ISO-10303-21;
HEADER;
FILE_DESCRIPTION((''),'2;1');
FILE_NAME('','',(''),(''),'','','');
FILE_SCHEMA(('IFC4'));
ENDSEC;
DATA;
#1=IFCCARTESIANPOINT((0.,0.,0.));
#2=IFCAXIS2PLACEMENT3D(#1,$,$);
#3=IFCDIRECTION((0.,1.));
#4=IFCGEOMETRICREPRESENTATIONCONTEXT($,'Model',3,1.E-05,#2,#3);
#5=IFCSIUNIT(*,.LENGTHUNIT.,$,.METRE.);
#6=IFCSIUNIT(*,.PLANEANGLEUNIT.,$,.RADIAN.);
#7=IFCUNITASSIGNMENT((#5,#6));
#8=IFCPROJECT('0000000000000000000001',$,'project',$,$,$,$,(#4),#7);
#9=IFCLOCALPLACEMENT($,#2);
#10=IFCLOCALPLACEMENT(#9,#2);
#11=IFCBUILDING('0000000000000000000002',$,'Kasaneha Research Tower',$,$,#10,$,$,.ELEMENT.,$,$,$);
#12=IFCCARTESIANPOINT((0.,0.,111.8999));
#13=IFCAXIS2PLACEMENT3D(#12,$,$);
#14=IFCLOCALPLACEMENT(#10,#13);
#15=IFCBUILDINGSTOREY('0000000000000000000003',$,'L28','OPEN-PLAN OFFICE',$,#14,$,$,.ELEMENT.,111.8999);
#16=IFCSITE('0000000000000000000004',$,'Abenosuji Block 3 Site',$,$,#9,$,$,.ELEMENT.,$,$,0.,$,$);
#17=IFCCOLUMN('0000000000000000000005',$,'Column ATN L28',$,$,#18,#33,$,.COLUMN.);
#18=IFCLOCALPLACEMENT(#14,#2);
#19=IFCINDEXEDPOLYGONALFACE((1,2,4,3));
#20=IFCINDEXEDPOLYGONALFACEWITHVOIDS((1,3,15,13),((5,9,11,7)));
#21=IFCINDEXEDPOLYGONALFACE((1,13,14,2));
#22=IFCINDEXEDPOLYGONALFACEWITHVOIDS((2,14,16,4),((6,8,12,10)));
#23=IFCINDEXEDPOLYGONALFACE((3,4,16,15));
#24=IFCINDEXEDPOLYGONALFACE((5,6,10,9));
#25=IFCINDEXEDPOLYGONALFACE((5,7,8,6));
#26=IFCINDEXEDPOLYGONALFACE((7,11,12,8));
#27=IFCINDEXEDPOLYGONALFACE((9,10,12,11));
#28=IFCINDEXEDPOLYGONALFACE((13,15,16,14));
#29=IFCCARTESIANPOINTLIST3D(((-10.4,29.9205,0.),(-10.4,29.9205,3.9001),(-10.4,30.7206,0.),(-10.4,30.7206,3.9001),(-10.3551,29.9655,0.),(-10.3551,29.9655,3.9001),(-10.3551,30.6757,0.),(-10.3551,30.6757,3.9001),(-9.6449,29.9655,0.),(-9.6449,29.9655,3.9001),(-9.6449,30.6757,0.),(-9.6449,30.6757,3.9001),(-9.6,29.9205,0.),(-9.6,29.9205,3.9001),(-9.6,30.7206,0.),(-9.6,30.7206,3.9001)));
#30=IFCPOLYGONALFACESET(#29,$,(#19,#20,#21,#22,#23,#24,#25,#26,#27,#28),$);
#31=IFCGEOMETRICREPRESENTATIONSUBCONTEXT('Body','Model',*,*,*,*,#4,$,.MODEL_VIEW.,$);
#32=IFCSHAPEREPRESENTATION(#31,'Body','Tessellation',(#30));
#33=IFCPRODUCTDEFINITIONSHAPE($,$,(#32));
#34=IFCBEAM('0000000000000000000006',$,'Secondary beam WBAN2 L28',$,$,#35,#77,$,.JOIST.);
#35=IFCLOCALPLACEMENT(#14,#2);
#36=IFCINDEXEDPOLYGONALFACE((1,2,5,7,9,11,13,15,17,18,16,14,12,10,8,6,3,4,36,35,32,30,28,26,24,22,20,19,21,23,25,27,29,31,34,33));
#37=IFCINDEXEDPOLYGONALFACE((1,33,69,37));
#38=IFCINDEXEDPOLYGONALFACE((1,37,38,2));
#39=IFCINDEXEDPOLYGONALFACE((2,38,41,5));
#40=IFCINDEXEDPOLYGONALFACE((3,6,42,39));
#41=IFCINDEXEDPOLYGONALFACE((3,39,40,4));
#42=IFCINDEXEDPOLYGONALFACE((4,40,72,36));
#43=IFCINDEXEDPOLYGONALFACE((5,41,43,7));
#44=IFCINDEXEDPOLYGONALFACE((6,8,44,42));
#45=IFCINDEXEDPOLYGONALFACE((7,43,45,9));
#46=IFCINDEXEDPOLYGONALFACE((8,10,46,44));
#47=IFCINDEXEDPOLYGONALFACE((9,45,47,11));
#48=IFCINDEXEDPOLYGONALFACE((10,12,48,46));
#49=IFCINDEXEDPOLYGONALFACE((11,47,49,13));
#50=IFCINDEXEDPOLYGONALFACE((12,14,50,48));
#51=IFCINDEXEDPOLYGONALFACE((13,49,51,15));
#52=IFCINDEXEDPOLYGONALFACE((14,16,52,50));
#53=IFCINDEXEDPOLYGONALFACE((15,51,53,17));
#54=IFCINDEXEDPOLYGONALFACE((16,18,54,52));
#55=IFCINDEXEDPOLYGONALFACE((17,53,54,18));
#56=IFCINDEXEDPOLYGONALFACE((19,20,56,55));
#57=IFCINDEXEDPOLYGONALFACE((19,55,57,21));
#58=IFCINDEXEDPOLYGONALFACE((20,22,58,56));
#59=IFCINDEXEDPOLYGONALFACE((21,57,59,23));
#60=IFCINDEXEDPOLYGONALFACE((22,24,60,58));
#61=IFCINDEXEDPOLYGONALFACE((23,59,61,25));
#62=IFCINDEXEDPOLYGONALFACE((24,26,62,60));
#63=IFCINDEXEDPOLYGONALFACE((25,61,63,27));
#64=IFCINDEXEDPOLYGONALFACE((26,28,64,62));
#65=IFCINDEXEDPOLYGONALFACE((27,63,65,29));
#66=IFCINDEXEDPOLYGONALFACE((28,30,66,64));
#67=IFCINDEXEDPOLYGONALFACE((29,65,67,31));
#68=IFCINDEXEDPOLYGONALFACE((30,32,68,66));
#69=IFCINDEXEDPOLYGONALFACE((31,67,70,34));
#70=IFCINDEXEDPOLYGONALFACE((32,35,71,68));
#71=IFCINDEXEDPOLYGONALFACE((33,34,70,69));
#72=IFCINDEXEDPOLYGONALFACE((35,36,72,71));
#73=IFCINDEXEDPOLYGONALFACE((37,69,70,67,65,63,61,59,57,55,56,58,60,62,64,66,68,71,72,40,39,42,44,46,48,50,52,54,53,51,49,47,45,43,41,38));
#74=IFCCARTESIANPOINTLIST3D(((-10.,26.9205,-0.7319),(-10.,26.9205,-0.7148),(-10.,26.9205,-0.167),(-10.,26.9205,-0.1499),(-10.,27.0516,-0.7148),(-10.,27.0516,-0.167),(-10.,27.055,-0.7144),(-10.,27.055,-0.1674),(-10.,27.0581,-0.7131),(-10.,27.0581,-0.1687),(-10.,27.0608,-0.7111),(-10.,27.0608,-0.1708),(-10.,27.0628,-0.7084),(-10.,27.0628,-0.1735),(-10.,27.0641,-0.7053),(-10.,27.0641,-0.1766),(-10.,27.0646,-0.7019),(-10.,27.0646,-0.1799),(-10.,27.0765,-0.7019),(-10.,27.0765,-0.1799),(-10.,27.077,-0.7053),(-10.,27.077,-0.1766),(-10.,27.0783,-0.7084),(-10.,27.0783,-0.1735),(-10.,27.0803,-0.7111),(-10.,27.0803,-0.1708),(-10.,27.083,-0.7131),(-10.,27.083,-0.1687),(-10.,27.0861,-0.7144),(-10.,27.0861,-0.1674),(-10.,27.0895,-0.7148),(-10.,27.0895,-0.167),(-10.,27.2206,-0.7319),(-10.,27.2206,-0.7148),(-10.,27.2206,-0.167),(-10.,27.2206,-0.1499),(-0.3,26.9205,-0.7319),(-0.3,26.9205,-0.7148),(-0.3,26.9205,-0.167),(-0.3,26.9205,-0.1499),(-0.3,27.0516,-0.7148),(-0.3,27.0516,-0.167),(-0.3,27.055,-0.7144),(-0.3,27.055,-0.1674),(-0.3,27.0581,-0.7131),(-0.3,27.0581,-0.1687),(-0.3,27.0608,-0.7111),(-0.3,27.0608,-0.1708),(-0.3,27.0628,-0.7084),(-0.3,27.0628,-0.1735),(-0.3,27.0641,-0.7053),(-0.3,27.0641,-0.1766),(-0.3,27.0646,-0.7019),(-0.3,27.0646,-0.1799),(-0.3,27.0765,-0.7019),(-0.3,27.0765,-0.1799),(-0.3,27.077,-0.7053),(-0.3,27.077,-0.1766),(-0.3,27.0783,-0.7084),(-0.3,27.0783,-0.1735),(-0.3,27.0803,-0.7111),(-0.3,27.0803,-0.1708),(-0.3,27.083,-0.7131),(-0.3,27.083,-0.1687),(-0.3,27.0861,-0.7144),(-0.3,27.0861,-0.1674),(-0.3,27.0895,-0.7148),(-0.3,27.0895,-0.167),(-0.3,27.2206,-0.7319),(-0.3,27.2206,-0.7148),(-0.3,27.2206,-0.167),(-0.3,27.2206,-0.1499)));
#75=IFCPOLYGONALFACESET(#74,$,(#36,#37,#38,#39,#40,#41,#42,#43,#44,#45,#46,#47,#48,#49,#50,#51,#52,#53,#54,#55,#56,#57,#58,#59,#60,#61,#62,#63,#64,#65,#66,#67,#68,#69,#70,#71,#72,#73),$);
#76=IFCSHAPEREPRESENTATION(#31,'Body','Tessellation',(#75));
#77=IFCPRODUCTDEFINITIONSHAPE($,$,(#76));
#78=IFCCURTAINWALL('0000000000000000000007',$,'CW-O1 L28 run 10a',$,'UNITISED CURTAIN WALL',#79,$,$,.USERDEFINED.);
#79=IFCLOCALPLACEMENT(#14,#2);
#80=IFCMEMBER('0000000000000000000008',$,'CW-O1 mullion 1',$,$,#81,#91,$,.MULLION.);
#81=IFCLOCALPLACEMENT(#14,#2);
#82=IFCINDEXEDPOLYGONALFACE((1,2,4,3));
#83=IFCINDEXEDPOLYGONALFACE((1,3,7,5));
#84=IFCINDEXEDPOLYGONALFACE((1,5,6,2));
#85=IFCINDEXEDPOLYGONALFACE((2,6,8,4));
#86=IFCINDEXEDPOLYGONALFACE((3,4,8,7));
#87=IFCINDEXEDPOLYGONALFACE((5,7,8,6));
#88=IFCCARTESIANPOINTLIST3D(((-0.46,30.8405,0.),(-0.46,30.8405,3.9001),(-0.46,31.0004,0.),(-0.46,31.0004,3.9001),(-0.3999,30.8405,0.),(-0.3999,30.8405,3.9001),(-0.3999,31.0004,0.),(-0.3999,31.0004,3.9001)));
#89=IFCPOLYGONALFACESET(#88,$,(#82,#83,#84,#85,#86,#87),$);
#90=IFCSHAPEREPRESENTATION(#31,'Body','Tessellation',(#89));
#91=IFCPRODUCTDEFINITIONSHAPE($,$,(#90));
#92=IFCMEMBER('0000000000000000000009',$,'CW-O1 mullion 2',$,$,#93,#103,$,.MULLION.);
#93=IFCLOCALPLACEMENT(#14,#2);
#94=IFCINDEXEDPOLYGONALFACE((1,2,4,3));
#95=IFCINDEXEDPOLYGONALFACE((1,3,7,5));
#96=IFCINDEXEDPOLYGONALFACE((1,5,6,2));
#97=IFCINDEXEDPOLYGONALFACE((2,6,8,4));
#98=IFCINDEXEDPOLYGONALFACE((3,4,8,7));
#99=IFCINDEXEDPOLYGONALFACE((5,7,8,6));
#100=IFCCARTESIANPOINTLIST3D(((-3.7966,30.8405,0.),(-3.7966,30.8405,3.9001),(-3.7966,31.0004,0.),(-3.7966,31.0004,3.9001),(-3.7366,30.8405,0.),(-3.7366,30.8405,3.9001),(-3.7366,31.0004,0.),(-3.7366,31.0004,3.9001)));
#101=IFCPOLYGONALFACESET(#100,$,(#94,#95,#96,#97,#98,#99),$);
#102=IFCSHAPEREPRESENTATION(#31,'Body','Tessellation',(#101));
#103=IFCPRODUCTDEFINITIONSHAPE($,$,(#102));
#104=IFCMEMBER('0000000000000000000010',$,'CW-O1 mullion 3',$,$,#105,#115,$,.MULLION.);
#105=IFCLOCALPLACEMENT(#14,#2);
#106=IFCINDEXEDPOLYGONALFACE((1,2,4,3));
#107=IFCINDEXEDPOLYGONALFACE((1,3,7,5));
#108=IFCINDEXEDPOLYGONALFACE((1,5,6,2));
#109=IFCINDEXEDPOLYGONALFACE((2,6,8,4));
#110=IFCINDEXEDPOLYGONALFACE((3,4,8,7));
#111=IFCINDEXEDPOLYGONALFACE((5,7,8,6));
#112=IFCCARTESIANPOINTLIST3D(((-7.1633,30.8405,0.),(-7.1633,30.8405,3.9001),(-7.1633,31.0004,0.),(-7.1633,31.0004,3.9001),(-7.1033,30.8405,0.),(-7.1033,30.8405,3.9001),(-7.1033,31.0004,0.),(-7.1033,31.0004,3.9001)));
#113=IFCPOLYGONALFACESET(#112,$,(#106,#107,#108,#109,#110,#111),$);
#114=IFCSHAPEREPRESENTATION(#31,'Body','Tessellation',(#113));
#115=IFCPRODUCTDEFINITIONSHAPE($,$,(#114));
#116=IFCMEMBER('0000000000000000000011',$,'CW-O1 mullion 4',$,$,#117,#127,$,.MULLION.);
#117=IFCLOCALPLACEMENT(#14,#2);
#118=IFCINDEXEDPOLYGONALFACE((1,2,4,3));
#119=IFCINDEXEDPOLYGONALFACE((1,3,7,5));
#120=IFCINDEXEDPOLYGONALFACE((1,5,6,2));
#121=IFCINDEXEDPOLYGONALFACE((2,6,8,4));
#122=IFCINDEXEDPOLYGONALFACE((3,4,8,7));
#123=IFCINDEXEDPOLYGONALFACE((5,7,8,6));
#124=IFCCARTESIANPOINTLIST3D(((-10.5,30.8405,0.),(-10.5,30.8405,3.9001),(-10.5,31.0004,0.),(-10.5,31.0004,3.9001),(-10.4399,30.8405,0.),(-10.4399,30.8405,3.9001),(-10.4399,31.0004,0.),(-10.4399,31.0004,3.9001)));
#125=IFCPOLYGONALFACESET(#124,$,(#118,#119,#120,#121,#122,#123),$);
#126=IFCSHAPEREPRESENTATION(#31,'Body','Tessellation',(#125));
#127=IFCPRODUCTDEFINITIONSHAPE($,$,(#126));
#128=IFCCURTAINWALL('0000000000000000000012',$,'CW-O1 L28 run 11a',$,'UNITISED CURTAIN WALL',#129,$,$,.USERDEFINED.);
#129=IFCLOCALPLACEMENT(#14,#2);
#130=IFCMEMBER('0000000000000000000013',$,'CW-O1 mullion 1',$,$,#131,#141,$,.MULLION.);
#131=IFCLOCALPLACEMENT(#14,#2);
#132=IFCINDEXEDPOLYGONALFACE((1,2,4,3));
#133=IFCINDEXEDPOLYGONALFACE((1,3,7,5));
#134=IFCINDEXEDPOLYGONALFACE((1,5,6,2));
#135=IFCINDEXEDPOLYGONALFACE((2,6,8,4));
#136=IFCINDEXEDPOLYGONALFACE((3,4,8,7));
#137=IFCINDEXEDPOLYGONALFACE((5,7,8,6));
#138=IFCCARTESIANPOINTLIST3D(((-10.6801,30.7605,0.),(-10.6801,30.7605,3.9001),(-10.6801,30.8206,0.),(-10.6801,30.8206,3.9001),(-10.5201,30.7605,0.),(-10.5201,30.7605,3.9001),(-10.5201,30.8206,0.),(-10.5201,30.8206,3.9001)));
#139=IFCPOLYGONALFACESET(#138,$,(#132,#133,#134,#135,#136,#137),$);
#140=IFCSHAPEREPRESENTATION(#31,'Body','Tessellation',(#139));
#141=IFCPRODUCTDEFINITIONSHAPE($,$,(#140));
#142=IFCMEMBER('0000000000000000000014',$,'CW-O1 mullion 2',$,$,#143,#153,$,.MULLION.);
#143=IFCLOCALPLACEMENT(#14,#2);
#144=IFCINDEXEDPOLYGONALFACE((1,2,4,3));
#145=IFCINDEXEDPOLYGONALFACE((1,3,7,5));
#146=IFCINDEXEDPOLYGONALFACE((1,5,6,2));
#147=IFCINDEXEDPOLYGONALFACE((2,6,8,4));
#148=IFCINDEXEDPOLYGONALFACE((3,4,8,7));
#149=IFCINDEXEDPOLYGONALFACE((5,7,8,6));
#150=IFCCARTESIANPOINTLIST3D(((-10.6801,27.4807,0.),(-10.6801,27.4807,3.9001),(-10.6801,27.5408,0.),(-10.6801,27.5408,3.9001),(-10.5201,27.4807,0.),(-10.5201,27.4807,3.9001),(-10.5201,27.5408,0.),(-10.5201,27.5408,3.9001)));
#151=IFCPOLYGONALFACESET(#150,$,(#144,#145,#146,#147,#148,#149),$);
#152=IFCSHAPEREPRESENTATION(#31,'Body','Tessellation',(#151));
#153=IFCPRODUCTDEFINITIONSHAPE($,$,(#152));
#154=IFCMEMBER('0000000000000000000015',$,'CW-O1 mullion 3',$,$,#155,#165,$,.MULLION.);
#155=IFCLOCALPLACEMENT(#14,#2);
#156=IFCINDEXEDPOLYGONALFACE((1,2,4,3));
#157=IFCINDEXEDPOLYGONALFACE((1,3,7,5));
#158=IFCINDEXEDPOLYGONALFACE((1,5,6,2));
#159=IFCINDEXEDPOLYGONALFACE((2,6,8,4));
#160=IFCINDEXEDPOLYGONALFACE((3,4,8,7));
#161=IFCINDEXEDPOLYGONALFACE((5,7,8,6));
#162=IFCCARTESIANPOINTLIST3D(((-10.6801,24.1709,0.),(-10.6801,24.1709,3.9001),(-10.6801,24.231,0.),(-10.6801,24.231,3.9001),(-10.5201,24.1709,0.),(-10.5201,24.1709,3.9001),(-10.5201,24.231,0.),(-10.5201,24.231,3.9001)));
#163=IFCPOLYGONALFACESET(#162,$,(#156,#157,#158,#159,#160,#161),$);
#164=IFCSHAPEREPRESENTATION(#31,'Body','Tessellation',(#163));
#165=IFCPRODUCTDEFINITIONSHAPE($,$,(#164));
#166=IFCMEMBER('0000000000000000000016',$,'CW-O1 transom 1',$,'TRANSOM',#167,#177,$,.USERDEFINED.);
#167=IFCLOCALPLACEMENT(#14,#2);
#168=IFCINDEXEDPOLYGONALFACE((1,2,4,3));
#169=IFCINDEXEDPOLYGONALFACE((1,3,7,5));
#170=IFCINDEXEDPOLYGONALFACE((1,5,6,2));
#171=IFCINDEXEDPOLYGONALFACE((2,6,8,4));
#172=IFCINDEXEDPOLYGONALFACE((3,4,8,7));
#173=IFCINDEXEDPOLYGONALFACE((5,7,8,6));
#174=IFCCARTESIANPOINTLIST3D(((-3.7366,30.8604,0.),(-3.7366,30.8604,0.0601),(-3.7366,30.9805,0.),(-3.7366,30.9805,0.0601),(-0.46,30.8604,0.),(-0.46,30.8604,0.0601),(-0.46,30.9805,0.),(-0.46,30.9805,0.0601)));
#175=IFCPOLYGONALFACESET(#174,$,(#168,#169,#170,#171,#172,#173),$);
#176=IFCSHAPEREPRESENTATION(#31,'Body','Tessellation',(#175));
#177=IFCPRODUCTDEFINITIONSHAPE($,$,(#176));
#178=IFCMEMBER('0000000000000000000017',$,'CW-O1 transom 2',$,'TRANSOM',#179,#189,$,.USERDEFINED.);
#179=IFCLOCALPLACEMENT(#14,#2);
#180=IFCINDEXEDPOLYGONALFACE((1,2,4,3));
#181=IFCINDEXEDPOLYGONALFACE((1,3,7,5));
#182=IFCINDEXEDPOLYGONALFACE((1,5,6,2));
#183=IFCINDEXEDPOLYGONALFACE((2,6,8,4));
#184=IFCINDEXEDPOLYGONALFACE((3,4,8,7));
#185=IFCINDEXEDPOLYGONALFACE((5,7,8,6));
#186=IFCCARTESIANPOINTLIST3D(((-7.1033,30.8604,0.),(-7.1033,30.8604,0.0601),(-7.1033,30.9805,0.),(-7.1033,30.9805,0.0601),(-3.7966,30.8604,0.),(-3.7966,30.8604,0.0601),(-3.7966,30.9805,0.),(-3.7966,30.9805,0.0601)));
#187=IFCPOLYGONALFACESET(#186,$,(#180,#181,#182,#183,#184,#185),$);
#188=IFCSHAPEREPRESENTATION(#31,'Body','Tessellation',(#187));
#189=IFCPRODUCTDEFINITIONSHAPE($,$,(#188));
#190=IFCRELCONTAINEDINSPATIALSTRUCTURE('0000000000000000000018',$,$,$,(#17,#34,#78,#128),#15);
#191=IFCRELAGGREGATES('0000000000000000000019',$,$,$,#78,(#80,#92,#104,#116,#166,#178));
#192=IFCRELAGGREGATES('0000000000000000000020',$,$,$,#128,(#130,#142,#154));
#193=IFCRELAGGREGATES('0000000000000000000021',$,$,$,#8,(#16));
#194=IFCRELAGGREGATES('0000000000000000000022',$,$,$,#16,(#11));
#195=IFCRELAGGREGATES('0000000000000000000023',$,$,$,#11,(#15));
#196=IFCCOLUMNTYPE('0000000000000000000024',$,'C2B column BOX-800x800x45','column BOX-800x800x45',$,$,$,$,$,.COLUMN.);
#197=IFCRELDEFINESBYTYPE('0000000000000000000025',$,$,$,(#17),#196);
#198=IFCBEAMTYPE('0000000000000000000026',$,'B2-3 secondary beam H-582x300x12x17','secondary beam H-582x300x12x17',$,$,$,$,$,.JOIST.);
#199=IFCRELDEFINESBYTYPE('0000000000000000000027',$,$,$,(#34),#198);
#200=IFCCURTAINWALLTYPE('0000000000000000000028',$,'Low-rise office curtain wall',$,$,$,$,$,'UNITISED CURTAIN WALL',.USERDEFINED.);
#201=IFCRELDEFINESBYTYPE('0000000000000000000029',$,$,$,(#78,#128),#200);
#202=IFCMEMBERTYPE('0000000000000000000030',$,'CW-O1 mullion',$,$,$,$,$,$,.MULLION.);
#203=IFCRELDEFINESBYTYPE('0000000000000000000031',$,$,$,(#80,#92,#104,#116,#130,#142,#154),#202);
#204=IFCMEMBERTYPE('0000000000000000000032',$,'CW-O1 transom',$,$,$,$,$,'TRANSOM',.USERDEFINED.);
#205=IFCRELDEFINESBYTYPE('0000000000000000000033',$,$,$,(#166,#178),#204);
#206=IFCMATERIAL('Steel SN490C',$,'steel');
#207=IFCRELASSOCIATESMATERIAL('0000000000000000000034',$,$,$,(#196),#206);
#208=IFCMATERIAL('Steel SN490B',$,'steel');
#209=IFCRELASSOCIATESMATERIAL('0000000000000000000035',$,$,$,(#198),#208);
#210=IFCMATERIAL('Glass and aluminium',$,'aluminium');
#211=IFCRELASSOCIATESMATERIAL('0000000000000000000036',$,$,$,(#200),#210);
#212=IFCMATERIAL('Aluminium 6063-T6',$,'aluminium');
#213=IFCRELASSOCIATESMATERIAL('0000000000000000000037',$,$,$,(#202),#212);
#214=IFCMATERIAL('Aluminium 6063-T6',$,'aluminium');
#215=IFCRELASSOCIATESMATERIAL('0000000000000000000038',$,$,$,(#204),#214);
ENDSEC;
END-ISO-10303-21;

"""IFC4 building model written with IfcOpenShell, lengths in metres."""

from ifc_helpers import new_model, si_unit, direction, frame, origin, origin_2d, place, context, subcontext, project, spatial, rectangle, hollow_rectangle, i_section, extrude, material, material_profile, profile_set, type_object, element, aggregate, save


model = new_model("IFC4")

# Units and contexts
model_context = context("Model", 3, precision=1e-05, world=origin(), true_north=direction((0.0, 1.0)))
body_context = subcontext(model_context, "Body", "Model", "MODEL_VIEW")
ifc_project = project(units=[si_unit("LENGTHUNIT", "METRE"), si_unit("PLANEANGLEUNIT", "RADIAN")], contexts=[model_context])

# Site, building, storey
site_placement = place(None, origin())
site = spatial("IfcSite", under=ifc_project, at=site_placement, Name="Abenosuji Block 3 Site", CompositionType="ELEMENT", RefElevation=0.0)
building_placement = place(site_placement, origin())
building = spatial("IfcBuilding", under=site, at=building_placement, Name="Kasaneha Research Tower", CompositionType="ELEMENT")
storey_placement = place(building_placement, frame((0.0, 0.0, 111.8999)))
storey = spatial("IfcBuildingStorey", under=building, at=storey_placement, Name="L28", Description="OPEN-PLAN OFFICE", CompositionType="ELEMENT", Elevation=111.8999)

# Column
ifc_material_1 = material(Name="Steel SN490C", Category="steel")
ifc_material_profile_1 = material_profile(ifc_material_1, hollow_rectangle(XDim=0.8, YDim=0.8, WallThickness=0.0449, at=origin_2d()), Name="BOX-800x800x45")
ifc_profile_set_1 = profile_set([ifc_material_profile_1], Name="Steel SN490C")
column_type = type_object("IfcColumnType", Name="C2B column BOX-800x800x45", Description="column BOX-800x800x45", PredefinedType="COLUMN", material=ifc_profile_set_1)
column_placement = place(storey_placement, frame((-10.0, 30.3206, 0.0), z_axis=(0.0, 0.0, 1.0), x_axis=(1.0, 0.0, 0.0)))
element("IfcColumn", 1, at=column_placement, inside=storey, type_object=column_type, Name="Column ATN L28", PredefinedType="COLUMN", context=body_context, shape_type="SweptSolid", body=[
    extrude(hollow_rectangle(XDim=0.8, YDim=0.8, WallThickness=0.0449, at=origin_2d()), origin(), (0.0, 0.0, 1.0), 3.9001),
])

# Beam
ifc_material_2 = material(Name="Steel SN490B", Category="steel")
ifc_material_profile_2 = material_profile(ifc_material_2, i_section(OverallWidth=0.3, OverallDepth=0.582, WebThickness=0.012, FlangeThickness=0.0171, FilletRadius=0.0129, at=origin_2d()), Name="H-582x300x12x17")
ifc_profile_set_2 = profile_set([ifc_material_profile_2], Name="Steel SN490B")
beam_type_1 = type_object("IfcBeamType", Name="B2-3 secondary beam H-582x300x12x17", Description="secondary beam H-582x300x12x17", PredefinedType="JOIST", material=ifc_profile_set_2)
beam_1_placement = place(storey_placement, frame((-10.0, 27.0706, -0.4409), z_axis=(1.0, 0.0, 0.0), x_axis=(0.0, 1.0, 0.0)))
element("IfcBeam", 2, at=beam_1_placement, inside=storey, type_object=beam_type_1, Name="Secondary beam WBAN2 L28", PredefinedType="JOIST", context=body_context, shape_type="SweptSolid", body=[
    extrude(i_section(OverallWidth=0.3, OverallDepth=0.582, WebThickness=0.012, FlangeThickness=0.0171, FilletRadius=0.0129, at=origin_2d()), origin(), (0.0, 0.0, 1.0), 9.7),
])

# Curtain walls, members
ifc_material_3 = material(Name="Glass and aluminium", Category="aluminium")
curtain_wall_type = type_object("IfcCurtainWallType", Name="Low-rise office curtain wall", ElementType="UNITISED CURTAIN WALL", PredefinedType="USERDEFINED", material=ifc_material_3)
curtain_wall_1_placement = place(storey_placement, origin())
curtain_wall_1 = element("IfcCurtainWall", 3, at=curtain_wall_1_placement, inside=storey, type_object=curtain_wall_type, Name="CW-O1 L28 run 10a", ObjectType="UNITISED CURTAIN WALL", PredefinedType="USERDEFINED")
ifc_material_4 = material(Name="Aluminium 6063-T6", Category="aluminium")
ifc_material_profile_3 = material_profile(ifc_material_4, rectangle(XDim=0.0601, YDim=0.1599, at=origin_2d()), Name="CW-O1 mullion 60x160")
ifc_profile_set_3 = profile_set([ifc_material_profile_3], Name="Aluminium 6063-T6")
member_type_1 = type_object("IfcMemberType", Name="CW-O1 mullion", PredefinedType="MULLION", material=ifc_profile_set_3)
member_1_placement = place(storey_placement, frame((-0.4299, 30.9204, 0.0), z_axis=(0.0, 0.0, 1.0), x_axis=(-1.0, 0.0, 0.0)))
member_1 = element("IfcMember", 4, at=member_1_placement, type_object=member_type_1, Name="CW-O1 mullion 1", PredefinedType="MULLION", context=body_context, shape_type="SweptSolid", body=[
    extrude(rectangle(XDim=0.0601, YDim=0.1599, at=origin_2d()), origin(), (0.0, 0.0, 1.0), 3.9001),
])
member_2_placement = place(storey_placement, frame((-3.7666, 30.9204, 0.0), z_axis=(0.0, 0.0, 1.0), x_axis=(-1.0, 0.0, 0.0)))
member_2 = element("IfcMember", 5, at=member_2_placement, type_object=member_type_1, Name="CW-O1 mullion 2", PredefinedType="MULLION", context=body_context, shape_type="SweptSolid", body=[
    extrude(rectangle(XDim=0.0601, YDim=0.1599, at=origin_2d()), origin(), (0.0, 0.0, 1.0), 3.9001),
])
member_3_placement = place(storey_placement, frame((-7.1333, 30.9204, 0.0), z_axis=(0.0, 0.0, 1.0), x_axis=(-1.0, 0.0, 0.0)))
member_3 = element("IfcMember", 6, at=member_3_placement, type_object=member_type_1, Name="CW-O1 mullion 3", PredefinedType="MULLION", context=body_context, shape_type="SweptSolid", body=[
    extrude(rectangle(XDim=0.0601, YDim=0.1599, at=origin_2d()), origin(), (0.0, 0.0, 1.0), 3.9001),
])
member_4_placement = place(storey_placement, frame((-10.47, 30.9204, 0.0), z_axis=(0.0, 0.0, 1.0), x_axis=(-1.0, 0.0, 0.0)))
member_4 = element("IfcMember", 7, at=member_4_placement, type_object=member_type_1, Name="CW-O1 mullion 4", PredefinedType="MULLION", context=body_context, shape_type="SweptSolid", body=[
    extrude(rectangle(XDim=0.0601, YDim=0.1599, at=origin_2d()), origin(), (0.0, 0.0, 1.0), 3.9001),
])
curtain_wall_2_placement = place(storey_placement, origin())
curtain_wall_2 = element("IfcCurtainWall", 8, at=curtain_wall_2_placement, inside=storey, type_object=curtain_wall_type, Name="CW-O1 L28 run 11a", ObjectType="UNITISED CURTAIN WALL", PredefinedType="USERDEFINED")
member_5_placement = place(storey_placement, frame((-10.6001, 30.7905, 0.0), z_axis=(0.0, 0.0, 1.0), x_axis=(0.0, -1.0, 0.0)))
member_5 = element("IfcMember", 9, at=member_5_placement, type_object=member_type_1, Name="CW-O1 mullion 1", PredefinedType="MULLION", context=body_context, shape_type="SweptSolid", body=[
    extrude(rectangle(XDim=0.0601, YDim=0.1599, at=origin_2d()), origin(), (0.0, 0.0, 1.0), 3.9001),
])
member_6_placement = place(storey_placement, frame((-10.6001, 27.5107, 0.0), z_axis=(0.0, 0.0, 1.0), x_axis=(0.0, -1.0, 0.0)))
member_6 = element("IfcMember", 10, at=member_6_placement, type_object=member_type_1, Name="CW-O1 mullion 2", PredefinedType="MULLION", context=body_context, shape_type="SweptSolid", body=[
    extrude(rectangle(XDim=0.0601, YDim=0.1599, at=origin_2d()), origin(), (0.0, 0.0, 1.0), 3.9001),
])
member_7_placement = place(storey_placement, frame((-10.6001, 24.2009, 0.0), z_axis=(0.0, 0.0, 1.0), x_axis=(0.0, -1.0, 0.0)))
member_7 = element("IfcMember", 11, at=member_7_placement, type_object=member_type_1, Name="CW-O1 mullion 3", PredefinedType="MULLION", context=body_context, shape_type="SweptSolid", body=[
    extrude(rectangle(XDim=0.0601, YDim=0.1599, at=origin_2d()), origin(), (0.0, 0.0, 1.0), 3.9001),
])

# Members
ifc_material_5 = material(Name="Aluminium 6063-T6", Category="aluminium")
ifc_material_profile_4 = material_profile(ifc_material_5, rectangle(XDim=0.1201, YDim=0.0601, at=origin_2d()), Name="CW-O1 transom 120x60")
ifc_profile_set_4 = profile_set([ifc_material_profile_4], Name="Aluminium 6063-T6")
member_type_2 = type_object("IfcMemberType", Name="CW-O1 transom", ElementType="TRANSOM", PredefinedType="USERDEFINED", material=ifc_profile_set_4)
member_8_placement = place(storey_placement, frame((-0.46, 30.9204, 0.03), z_axis=(-1.0, 0.0, 0.0), x_axis=(0.0, -1.0, 0.0)))
member_8 = element("IfcMember", 12, at=member_8_placement, type_object=member_type_2, Name="CW-O1 transom 1", ObjectType="TRANSOM", PredefinedType="USERDEFINED", context=body_context, shape_type="SweptSolid", body=[
    extrude(rectangle(XDim=0.1201, YDim=0.0601, at=origin_2d()), origin(), (0.0, 0.0, 1.0), 3.2766),
])
member_9_placement = place(storey_placement, frame((-3.7966, 30.9204, 0.03), z_axis=(-1.0, 0.0, 0.0), x_axis=(0.0, -1.0, 0.0)))
member_9 = element("IfcMember", 13, at=member_9_placement, type_object=member_type_2, Name="CW-O1 transom 2", ObjectType="TRANSOM", PredefinedType="USERDEFINED", context=body_context, shape_type="SweptSolid", body=[
    extrude(rectangle(XDim=0.1201, YDim=0.0601, at=origin_2d()), origin(), (0.0, 0.0, 1.0), 3.3066),
])

aggregate(curtain_wall_1, [member_1, member_2, member_3, member_4, member_8, member_9])
aggregate(curtain_wall_2, [member_5, member_6, member_7])

save(model, "model.ifc")
